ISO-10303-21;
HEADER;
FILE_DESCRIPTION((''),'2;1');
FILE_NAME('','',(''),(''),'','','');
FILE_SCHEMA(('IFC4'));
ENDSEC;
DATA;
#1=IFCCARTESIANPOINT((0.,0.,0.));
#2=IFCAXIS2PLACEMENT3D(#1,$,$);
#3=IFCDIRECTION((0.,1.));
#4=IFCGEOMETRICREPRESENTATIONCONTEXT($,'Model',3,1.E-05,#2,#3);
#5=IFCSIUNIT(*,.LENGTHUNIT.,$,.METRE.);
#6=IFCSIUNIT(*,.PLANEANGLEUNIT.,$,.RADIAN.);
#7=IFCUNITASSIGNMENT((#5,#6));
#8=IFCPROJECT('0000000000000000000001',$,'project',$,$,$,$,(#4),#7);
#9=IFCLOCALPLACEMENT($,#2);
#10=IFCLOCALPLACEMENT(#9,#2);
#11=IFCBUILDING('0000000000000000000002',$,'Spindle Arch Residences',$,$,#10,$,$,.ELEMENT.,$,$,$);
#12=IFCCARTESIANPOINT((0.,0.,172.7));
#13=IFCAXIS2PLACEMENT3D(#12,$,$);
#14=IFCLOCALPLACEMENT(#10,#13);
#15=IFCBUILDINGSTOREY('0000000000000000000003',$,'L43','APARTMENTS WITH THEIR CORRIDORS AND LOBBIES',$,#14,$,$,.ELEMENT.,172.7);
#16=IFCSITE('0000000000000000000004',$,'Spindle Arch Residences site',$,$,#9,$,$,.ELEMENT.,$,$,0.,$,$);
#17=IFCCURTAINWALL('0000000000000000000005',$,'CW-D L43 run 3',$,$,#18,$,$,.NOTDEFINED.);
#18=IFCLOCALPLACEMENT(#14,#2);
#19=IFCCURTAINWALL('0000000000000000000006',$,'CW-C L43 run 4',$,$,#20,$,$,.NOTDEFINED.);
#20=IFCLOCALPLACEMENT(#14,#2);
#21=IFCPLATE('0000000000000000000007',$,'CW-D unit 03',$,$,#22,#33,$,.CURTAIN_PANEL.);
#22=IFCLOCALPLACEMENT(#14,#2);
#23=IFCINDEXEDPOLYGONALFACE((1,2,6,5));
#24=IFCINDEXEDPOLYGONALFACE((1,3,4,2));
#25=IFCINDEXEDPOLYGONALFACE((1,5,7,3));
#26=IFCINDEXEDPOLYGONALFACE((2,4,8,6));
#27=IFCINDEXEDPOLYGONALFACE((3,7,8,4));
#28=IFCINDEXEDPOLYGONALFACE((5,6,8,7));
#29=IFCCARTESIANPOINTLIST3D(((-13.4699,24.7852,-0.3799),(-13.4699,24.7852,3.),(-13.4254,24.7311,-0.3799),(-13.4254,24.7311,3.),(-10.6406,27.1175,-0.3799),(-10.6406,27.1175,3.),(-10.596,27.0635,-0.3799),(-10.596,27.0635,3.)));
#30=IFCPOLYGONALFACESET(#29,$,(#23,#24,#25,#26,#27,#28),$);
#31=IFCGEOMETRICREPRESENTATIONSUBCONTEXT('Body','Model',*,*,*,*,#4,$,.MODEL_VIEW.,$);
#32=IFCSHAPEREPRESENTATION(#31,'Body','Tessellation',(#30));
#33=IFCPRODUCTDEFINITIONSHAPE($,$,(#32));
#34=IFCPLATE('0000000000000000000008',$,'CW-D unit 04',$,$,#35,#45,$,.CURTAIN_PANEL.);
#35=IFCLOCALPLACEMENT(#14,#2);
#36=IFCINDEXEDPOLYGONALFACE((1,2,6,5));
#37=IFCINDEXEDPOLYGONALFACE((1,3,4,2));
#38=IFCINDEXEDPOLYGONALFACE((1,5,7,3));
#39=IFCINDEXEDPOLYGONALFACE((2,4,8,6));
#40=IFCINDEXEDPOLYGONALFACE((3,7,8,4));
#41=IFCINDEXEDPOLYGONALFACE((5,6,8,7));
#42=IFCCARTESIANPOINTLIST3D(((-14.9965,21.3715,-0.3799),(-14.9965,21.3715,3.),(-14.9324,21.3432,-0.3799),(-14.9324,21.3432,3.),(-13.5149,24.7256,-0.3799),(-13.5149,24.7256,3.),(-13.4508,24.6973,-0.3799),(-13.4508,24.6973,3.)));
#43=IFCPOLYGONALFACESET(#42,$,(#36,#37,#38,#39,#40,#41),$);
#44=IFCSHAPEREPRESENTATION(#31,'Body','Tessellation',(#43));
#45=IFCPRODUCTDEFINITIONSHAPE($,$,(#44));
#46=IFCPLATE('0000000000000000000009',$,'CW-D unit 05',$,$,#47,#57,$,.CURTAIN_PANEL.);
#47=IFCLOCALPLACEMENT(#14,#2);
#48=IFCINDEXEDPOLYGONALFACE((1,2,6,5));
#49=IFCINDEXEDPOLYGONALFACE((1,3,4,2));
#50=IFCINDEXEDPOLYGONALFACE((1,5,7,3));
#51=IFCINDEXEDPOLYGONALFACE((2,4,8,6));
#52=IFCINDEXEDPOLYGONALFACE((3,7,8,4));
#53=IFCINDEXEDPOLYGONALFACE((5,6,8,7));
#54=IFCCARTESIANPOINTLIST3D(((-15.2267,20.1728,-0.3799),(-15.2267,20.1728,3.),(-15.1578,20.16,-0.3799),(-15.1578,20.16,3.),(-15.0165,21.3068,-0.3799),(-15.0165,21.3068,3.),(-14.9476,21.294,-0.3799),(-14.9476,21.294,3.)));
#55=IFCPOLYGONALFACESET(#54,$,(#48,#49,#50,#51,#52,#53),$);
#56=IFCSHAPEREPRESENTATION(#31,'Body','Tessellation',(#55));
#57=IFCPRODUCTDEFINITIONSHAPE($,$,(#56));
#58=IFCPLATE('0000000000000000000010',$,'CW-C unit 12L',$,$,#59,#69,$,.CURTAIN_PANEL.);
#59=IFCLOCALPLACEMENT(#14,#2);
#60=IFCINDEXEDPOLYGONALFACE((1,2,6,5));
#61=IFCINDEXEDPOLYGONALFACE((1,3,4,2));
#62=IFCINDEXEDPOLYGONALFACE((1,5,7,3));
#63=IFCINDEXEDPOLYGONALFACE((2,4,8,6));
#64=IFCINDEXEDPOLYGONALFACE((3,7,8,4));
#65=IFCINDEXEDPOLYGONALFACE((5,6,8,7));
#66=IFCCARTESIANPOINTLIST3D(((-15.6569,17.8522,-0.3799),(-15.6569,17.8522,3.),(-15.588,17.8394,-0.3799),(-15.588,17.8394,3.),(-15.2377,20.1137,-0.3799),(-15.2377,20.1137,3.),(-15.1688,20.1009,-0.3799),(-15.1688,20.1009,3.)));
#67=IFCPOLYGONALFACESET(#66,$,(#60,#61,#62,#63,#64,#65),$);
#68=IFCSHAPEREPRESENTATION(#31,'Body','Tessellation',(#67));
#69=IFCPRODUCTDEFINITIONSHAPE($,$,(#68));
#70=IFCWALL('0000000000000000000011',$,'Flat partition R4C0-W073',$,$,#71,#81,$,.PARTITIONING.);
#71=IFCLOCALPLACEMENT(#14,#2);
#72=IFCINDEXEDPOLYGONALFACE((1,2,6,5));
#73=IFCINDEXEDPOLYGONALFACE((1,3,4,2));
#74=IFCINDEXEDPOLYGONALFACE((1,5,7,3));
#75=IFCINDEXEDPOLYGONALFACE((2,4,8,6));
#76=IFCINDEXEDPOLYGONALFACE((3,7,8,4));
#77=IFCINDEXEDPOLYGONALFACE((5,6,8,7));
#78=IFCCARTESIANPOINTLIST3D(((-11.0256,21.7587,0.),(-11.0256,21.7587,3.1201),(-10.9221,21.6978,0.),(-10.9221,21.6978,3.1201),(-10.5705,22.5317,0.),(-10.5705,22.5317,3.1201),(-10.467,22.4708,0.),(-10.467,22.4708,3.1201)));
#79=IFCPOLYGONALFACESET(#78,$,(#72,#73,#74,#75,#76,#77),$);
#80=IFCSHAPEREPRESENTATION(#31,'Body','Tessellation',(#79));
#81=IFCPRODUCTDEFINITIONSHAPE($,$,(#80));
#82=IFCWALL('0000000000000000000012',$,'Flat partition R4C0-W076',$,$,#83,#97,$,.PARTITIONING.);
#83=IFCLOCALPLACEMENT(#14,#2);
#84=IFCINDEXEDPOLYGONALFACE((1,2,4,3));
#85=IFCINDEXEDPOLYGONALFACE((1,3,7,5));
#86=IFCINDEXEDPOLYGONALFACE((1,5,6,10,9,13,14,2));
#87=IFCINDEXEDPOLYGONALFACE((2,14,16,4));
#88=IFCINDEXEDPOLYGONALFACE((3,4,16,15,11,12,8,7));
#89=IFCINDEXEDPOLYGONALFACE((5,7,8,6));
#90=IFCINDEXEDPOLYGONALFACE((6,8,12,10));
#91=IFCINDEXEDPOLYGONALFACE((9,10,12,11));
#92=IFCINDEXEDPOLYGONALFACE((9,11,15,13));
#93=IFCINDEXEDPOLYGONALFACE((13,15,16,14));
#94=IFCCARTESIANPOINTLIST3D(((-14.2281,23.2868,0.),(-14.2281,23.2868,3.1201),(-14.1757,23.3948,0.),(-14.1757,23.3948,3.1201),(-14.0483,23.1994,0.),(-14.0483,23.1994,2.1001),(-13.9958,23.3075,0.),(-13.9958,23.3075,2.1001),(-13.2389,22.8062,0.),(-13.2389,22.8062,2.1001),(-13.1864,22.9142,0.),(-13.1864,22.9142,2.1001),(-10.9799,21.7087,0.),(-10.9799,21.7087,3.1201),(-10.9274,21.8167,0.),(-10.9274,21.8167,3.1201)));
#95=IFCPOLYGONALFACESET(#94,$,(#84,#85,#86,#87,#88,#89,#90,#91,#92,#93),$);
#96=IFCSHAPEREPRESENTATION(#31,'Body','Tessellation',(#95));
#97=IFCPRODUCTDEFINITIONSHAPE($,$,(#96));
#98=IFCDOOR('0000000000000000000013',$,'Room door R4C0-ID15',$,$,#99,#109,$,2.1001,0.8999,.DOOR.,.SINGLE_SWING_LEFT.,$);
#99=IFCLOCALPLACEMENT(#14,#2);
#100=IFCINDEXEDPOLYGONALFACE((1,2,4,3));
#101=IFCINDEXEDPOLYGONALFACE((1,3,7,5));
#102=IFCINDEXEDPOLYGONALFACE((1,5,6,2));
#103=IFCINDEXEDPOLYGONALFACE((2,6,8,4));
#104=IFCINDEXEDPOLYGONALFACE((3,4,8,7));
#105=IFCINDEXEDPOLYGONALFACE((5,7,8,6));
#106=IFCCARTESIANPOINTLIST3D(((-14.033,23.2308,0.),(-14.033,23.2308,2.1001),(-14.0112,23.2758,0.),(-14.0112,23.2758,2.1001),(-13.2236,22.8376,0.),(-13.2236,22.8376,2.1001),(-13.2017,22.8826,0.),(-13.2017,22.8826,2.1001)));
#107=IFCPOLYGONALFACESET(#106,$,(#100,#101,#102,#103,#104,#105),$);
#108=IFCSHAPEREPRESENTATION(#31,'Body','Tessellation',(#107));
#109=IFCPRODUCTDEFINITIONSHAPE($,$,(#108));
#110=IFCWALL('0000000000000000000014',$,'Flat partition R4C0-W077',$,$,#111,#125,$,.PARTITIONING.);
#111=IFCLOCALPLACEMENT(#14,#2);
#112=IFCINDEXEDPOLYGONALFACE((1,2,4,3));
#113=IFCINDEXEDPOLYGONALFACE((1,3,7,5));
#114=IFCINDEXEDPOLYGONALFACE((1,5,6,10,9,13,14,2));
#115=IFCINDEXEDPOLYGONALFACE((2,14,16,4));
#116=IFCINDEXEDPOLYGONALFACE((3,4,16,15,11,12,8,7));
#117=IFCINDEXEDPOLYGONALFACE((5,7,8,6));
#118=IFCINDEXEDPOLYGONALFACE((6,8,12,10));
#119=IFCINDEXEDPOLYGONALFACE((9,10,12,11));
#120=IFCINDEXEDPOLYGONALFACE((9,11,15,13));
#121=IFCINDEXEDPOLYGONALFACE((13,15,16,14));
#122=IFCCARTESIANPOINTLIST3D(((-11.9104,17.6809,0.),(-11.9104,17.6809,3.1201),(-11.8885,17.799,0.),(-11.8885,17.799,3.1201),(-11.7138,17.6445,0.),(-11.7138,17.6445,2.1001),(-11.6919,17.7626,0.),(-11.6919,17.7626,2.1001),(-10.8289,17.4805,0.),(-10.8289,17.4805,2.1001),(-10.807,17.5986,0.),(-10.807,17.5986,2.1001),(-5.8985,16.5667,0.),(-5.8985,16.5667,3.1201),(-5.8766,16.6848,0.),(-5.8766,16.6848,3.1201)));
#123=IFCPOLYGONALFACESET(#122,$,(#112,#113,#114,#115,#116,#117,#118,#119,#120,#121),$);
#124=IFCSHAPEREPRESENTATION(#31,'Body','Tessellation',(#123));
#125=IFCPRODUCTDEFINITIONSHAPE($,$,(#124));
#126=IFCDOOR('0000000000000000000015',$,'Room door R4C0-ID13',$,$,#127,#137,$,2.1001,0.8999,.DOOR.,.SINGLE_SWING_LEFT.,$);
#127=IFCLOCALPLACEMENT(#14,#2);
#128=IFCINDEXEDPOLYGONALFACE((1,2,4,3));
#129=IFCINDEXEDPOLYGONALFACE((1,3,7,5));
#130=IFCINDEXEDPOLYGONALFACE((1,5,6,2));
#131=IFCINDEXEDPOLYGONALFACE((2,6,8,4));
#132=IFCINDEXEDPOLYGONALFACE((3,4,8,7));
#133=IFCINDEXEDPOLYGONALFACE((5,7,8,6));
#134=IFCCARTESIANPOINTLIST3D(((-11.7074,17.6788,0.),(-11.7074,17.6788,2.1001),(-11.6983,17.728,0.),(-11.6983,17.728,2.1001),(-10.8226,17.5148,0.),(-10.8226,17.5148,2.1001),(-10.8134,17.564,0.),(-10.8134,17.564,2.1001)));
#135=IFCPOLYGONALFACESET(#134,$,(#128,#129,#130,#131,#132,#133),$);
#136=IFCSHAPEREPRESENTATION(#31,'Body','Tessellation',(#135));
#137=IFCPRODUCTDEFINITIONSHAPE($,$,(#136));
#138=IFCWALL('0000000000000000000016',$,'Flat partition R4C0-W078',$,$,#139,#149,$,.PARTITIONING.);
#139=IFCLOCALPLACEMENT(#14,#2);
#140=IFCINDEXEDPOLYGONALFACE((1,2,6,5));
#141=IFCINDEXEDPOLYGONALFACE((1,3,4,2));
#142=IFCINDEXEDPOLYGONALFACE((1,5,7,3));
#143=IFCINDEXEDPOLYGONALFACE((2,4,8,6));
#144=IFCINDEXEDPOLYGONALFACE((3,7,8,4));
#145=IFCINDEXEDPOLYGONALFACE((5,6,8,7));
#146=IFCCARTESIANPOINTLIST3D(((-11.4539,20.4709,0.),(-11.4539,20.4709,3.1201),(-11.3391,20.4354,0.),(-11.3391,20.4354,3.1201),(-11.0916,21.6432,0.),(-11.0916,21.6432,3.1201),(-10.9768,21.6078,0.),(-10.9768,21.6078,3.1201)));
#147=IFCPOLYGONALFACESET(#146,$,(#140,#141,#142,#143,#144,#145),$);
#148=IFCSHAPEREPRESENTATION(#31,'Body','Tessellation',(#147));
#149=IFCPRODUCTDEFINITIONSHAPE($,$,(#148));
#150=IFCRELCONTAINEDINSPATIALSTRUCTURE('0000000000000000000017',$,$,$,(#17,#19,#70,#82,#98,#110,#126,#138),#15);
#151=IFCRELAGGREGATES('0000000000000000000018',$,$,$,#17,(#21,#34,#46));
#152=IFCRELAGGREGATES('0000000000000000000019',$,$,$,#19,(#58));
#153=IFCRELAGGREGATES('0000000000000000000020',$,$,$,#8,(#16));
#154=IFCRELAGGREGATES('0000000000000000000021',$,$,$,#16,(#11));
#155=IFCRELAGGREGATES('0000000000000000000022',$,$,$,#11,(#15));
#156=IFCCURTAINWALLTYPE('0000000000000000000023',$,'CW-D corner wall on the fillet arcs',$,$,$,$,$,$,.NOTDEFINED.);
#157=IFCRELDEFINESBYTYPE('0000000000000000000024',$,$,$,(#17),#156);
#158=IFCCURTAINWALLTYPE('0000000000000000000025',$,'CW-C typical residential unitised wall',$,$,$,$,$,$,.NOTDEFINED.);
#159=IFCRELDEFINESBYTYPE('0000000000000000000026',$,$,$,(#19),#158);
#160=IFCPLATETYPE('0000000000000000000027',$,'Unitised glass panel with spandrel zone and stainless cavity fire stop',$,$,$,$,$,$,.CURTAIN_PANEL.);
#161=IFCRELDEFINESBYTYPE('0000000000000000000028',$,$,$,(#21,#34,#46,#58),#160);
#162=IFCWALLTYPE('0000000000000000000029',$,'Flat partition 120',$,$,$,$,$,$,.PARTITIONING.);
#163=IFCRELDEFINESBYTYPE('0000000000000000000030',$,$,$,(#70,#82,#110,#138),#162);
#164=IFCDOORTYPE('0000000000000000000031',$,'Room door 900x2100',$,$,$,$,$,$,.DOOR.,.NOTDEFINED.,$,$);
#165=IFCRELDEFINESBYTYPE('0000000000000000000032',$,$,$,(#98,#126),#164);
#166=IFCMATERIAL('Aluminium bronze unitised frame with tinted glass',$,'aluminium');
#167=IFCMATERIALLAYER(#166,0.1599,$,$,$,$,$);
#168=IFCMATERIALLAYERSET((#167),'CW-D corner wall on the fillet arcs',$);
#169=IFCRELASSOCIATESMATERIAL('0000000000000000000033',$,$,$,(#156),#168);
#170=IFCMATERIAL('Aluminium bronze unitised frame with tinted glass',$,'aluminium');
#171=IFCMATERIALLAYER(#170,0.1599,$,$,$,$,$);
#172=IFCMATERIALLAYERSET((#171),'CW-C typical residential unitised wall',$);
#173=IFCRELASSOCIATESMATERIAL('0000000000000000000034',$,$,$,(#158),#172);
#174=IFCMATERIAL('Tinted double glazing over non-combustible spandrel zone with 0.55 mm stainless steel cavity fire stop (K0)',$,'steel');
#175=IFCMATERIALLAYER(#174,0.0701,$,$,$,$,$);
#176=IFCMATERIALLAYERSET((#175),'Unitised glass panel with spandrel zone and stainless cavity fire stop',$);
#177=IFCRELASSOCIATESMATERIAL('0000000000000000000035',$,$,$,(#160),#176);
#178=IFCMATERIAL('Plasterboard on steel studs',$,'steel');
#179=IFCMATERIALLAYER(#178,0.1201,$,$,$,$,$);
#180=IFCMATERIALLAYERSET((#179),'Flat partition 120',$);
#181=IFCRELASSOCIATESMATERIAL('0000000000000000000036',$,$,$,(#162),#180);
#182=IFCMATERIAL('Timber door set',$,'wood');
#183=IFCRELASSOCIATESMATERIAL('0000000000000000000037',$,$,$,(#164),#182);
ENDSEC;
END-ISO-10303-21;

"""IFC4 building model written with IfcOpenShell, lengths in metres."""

from ifc_helpers import new_model, si_unit, direction, frame, frame_2d, origin, origin_2d, place, context, subcontext, project, spatial, rectangle, extrude, material, layer, layer_set, type_object, element, fill, aggregate, save


model = new_model("IFC4")

# Units and contexts
model_context = context("Model", 3, precision=1e-05, world=origin(), true_north=direction((0.0, 1.0)))
body_context = subcontext(model_context, "Body", "Model", "MODEL_VIEW")
ifc_project = project(units=[si_unit("LENGTHUNIT", "METRE"), si_unit("PLANEANGLEUNIT", "RADIAN")], contexts=[model_context])

# Site, building, storey
site_placement = place(None, origin())
site = spatial("IfcSite", under=ifc_project, at=site_placement, Name="Spindle Arch Residences site", CompositionType="ELEMENT", RefElevation=0.0)
building_placement = place(site_placement, origin())
building = spatial("IfcBuilding", under=site, at=building_placement, Name="Spindle Arch Residences", CompositionType="ELEMENT")
storey_placement = place(building_placement, frame((0.0, 0.0, 172.7)))
storey = spatial("IfcBuildingStorey", under=building, at=storey_placement, Name="L43", Description="APARTMENTS WITH THEIR CORRIDORS AND LOBBIES", CompositionType="ELEMENT", Elevation=172.7)

# Curtain wall
ifc_material_1 = material(Name="Aluminium bronze unitised frame with tinted glass", Category="aluminium")
ifc_layer_1 = layer(ifc_material_1, 0.1599)
ifc_layer_set_1 = layer_set([ifc_layer_1], Name="CW-D corner wall on the fillet arcs")
curtain_wall_type_1 = type_object("IfcCurtainWallType", Name="CW-D corner wall on the fillet arcs", PredefinedType="NOTDEFINED", material=ifc_layer_set_1)
curtain_wall_1_placement = place(storey_placement, origin())
curtain_wall_1 = element("IfcCurtainWall", 1, at=curtain_wall_1_placement, inside=storey, type_object=curtain_wall_type_1, Name="CW-D L43 run 3", PredefinedType="NOTDEFINED")

# Curtain wall
ifc_material_2 = material(Name="Aluminium bronze unitised frame with tinted glass", Category="aluminium")
ifc_layer_2 = layer(ifc_material_2, 0.1599)
ifc_layer_set_2 = layer_set([ifc_layer_2], Name="CW-C typical residential unitised wall")
curtain_wall_type_2 = type_object("IfcCurtainWallType", Name="CW-C typical residential unitised wall", PredefinedType="NOTDEFINED", material=ifc_layer_set_2)
curtain_wall_2_placement = place(storey_placement, origin())
curtain_wall_2 = element("IfcCurtainWall", 2, at=curtain_wall_2_placement, inside=storey, type_object=curtain_wall_type_2, Name="CW-C L43 run 4", PredefinedType="NOTDEFINED")

# Plates
ifc_material_3 = material(Name="Tinted double glazing over non-combustible spandrel zone with 0.55 mm stainless steel cavity fire stop (K0)", Category="steel")
ifc_layer_3 = layer(ifc_material_3, 0.0701)
ifc_layer_set_3 = layer_set([ifc_layer_3], Name="Unitised glass panel with spandrel zone and stainless cavity fire stop")
plate_type = type_object("IfcPlateType", Name="Unitised glass panel with spandrel zone and stainless cavity fire stop", PredefinedType="CURTAIN_PANEL", material=ifc_layer_set_3)
plate_1_placement = place(storey_placement, frame((-12.033, 25.9243, -0.3799), z_axis=(0.0, 0.0, 1.0), x_axis=(-0.771625, -0.636078, 0.0)))
plate_1 = element("IfcPlate", 3, at=plate_1_placement, type_object=plate_type, Name="CW-D unit 03", PredefinedType="CURTAIN_PANEL", context=body_context, shape_type="SweptSolid", body=[
    extrude(rectangle(XDim=3.6667, YDim=0.0701, at=origin_2d()), origin(), (0.0, 0.0, 1.0), 3.3799),
])
plate_2_placement = place(storey_placement, frame((-14.2236, 23.0344, -0.3799), z_axis=(0.0, 0.0, 1.0), x_axis=(-0.404078, -0.914725, 0.0)))
plate_2 = element("IfcPlate", 4, at=plate_2_placement, type_object=plate_type, Name="CW-D unit 04", PredefinedType="CURTAIN_PANEL", context=body_context, shape_type="SweptSolid", body=[
    extrude(rectangle(XDim=3.6667, YDim=0.0701, at=origin_2d()), origin(), (0.0, 0.0, 1.0), 3.3799),
])
plate_3_placement = place(storey_placement, frame((-15.0872, 20.7334, -0.3799), z_axis=(0.0, 0.0, 1.0), x_axis=(-0.182236, -0.983255, 0.0)))
plate_3 = element("IfcPlate", 5, at=plate_3_placement, type_object=plate_type, Name="CW-D unit 05", PredefinedType="CURTAIN_PANEL", context=body_context, shape_type="SweptSolid", body=[
    extrude(rectangle(XDim=1.1533, YDim=0.0701, at=origin_2d()), origin(), (0.0, 0.0, 1.0), 3.3799),
])
aggregate(curtain_wall_1, [plate_1, plate_2, plate_3])
plate_4_placement = place(storey_placement, frame((-15.4128, 18.9766, -0.3799), z_axis=(0.0, 0.0, 1.0), x_axis=(-0.182236, -0.983255, 0.0)))
plate_4 = element("IfcPlate", 6, at=plate_4_placement, type_object=plate_type, Name="CW-C unit 12L", PredefinedType="CURTAIN_PANEL", context=body_context, shape_type="SweptSolid", body=[
    extrude(rectangle(XDim=2.3, YDim=0.0701, at=origin_2d()), origin(), (0.0, 0.0, 1.0), 3.3799),
])
aggregate(curtain_wall_2, [plate_4])

# Wall
ifc_material_4 = material(Name="Plasterboard on steel studs", Category="steel")
ifc_layer_4 = layer(ifc_material_4, 0.1201)
ifc_layer_set_4 = layer_set([ifc_layer_4], Name="Flat partition 120")
wall_type_1 = type_object("IfcWallType", Name="Flat partition 120", PredefinedType="PARTITIONING", material=ifc_layer_set_4)
wall_1_placement = place(storey_placement, frame((-10.9739, 21.7283, 0.0), z_axis=(0.0, 0.0, 1.0), x_axis=(0.507353, 0.861738, 0.0)))
element("IfcWall", 7, at=wall_1_placement, inside=storey, type_object=wall_type_1, Name="Flat partition R4C0-W073", PredefinedType="PARTITIONING", context=body_context, shape_type="SweptSolid", body=[
    extrude(rectangle(XDim=0.897, YDim=0.1201, at=frame_2d((0.4485, 0.0))), origin(), (0.0, 0.0, 1.0), 3.1201),
])

# Walls, openings, doors
wall_2_placement = place(storey_placement, frame((-14.2019, 23.3408, 0.0), z_axis=(0.0, 0.0, 1.0), x_axis=(0.899466, -0.43699, 0.0)))
wall_2 = element("IfcWall", 8, at=wall_2_placement, inside=storey, type_object=wall_type_1, Name="Flat partition R4C0-W076", PredefinedType="PARTITIONING", context=body_context, shape_type="SweptSolid", body=[
    extrude(rectangle(XDim=3.6113, YDim=0.1201, at=frame_2d((1.8057, 0.0))), origin(), (0.0, 0.0, 1.0), 3.1201),
])
opening_1_placement = place(wall_2_placement, frame((0.2, 0.0, 0.0)))
opening_1 = element("IfcOpeningElement", 9, at=opening_1_placement, cuts=wall_2, PredefinedType="OPENING", context=body_context, shape_type="SweptSolid", body=[
    extrude(rectangle(XDim=0.8999, YDim=2.1001, at=frame_2d((0.45, 1.05))), frame((0.0, 0.0701, 0.0), z_axis=(0.0, -1.0, 0.0), x_axis=(1.0, 0.0, 0.0)), (0.0, 0.0, 1.0), 0.1401),
])
ifc_material_5 = material(Name="Timber door set", Category="wood")
door_type_1 = type_object("IfcDoorType", Name="Room door 900x2100", OperationType="NOTDEFINED", PredefinedType="DOOR", material=ifc_material_5)
door_1_placement = place(opening_1_placement, origin())
door_1 = element("IfcDoor", 10, at=door_1_placement, inside=storey, type_object=door_type_1, Name="Room door R4C0-ID15", OperationType="SINGLE_SWING_LEFT", OverallHeight=2.1001, OverallWidth=0.8999, PredefinedType="DOOR", context=body_context, shape_type="SweptSolid", body=[
    extrude(rectangle(XDim=0.8999, YDim=2.1001, at=frame_2d((0.45, 1.05))), frame((0.0, 0.0249, 0.0), z_axis=(0.0, -1.0, 0.0), x_axis=(1.0, 0.0, 0.0)), (0.0, 0.0, 1.0), 0.05),
])
fill(opening_1, door_1)
wall_3_placement = place(storey_placement, frame((-11.8994, 17.74, 0.0), z_axis=(0.0, 0.0, 1.0), x_axis=(0.983255, -0.182237, 0.0)))
wall_3 = element("IfcWall", 11, at=wall_3_placement, inside=storey, type_object=wall_type_1, Name="Flat partition R4C0-W077", PredefinedType="PARTITIONING", context=body_context, shape_type="SweptSolid", body=[
    extrude(rectangle(XDim=6.1143, YDim=0.1201, at=frame_2d((3.0571, 0.0))), origin(), (0.0, 0.0, 1.0), 3.1201),
])
opening_2_placement = place(wall_3_placement, frame((0.2, 0.0, 0.0)))
opening_2 = element("IfcOpeningElement", 12, at=opening_2_placement, cuts=wall_3, PredefinedType="OPENING", context=body_context, shape_type="SweptSolid", body=[
    extrude(rectangle(XDim=0.8999, YDim=2.1001, at=frame_2d((0.45, 1.05))), frame((0.0, 0.0701, 0.0), z_axis=(0.0, -1.0, 0.0), x_axis=(1.0, 0.0, 0.0)), (0.0, 0.0, 1.0), 0.1401),
])
door_2_placement = place(opening_2_placement, origin())
door_2 = element("IfcDoor", 13, at=door_2_placement, inside=storey, type_object=door_type_1, Name="Room door R4C0-ID13", OperationType="SINGLE_SWING_LEFT", OverallHeight=2.1001, OverallWidth=0.8999, PredefinedType="DOOR", context=body_context, shape_type="SweptSolid", body=[
    extrude(rectangle(XDim=0.8999, YDim=2.1001, at=frame_2d((0.45, 1.05))), frame((0.0, 0.0249, 0.0), z_axis=(0.0, -1.0, 0.0), x_axis=(1.0, 0.0, 0.0)), (0.0, 0.0, 1.0), 0.05),
])
fill(opening_2, door_2)

# Wall
wall_4_placement = place(storey_placement, frame((-11.0342, 21.6255, 0.0), z_axis=(0.0, 0.0, 1.0), x_axis=(-0.29526, -0.955417, 0.0)))
element("IfcWall", 14, at=wall_4_placement, inside=storey, type_object=wall_type_1, Name="Flat partition R4C0-W078", PredefinedType="PARTITIONING", context=body_context, shape_type="SweptSolid", body=[
    extrude(rectangle(XDim=1.2271, YDim=0.1201, at=frame_2d((0.6135, 0.0))), origin(), (0.0, 0.0, 1.0), 3.1201),
])

save(model, "model.ifc")
